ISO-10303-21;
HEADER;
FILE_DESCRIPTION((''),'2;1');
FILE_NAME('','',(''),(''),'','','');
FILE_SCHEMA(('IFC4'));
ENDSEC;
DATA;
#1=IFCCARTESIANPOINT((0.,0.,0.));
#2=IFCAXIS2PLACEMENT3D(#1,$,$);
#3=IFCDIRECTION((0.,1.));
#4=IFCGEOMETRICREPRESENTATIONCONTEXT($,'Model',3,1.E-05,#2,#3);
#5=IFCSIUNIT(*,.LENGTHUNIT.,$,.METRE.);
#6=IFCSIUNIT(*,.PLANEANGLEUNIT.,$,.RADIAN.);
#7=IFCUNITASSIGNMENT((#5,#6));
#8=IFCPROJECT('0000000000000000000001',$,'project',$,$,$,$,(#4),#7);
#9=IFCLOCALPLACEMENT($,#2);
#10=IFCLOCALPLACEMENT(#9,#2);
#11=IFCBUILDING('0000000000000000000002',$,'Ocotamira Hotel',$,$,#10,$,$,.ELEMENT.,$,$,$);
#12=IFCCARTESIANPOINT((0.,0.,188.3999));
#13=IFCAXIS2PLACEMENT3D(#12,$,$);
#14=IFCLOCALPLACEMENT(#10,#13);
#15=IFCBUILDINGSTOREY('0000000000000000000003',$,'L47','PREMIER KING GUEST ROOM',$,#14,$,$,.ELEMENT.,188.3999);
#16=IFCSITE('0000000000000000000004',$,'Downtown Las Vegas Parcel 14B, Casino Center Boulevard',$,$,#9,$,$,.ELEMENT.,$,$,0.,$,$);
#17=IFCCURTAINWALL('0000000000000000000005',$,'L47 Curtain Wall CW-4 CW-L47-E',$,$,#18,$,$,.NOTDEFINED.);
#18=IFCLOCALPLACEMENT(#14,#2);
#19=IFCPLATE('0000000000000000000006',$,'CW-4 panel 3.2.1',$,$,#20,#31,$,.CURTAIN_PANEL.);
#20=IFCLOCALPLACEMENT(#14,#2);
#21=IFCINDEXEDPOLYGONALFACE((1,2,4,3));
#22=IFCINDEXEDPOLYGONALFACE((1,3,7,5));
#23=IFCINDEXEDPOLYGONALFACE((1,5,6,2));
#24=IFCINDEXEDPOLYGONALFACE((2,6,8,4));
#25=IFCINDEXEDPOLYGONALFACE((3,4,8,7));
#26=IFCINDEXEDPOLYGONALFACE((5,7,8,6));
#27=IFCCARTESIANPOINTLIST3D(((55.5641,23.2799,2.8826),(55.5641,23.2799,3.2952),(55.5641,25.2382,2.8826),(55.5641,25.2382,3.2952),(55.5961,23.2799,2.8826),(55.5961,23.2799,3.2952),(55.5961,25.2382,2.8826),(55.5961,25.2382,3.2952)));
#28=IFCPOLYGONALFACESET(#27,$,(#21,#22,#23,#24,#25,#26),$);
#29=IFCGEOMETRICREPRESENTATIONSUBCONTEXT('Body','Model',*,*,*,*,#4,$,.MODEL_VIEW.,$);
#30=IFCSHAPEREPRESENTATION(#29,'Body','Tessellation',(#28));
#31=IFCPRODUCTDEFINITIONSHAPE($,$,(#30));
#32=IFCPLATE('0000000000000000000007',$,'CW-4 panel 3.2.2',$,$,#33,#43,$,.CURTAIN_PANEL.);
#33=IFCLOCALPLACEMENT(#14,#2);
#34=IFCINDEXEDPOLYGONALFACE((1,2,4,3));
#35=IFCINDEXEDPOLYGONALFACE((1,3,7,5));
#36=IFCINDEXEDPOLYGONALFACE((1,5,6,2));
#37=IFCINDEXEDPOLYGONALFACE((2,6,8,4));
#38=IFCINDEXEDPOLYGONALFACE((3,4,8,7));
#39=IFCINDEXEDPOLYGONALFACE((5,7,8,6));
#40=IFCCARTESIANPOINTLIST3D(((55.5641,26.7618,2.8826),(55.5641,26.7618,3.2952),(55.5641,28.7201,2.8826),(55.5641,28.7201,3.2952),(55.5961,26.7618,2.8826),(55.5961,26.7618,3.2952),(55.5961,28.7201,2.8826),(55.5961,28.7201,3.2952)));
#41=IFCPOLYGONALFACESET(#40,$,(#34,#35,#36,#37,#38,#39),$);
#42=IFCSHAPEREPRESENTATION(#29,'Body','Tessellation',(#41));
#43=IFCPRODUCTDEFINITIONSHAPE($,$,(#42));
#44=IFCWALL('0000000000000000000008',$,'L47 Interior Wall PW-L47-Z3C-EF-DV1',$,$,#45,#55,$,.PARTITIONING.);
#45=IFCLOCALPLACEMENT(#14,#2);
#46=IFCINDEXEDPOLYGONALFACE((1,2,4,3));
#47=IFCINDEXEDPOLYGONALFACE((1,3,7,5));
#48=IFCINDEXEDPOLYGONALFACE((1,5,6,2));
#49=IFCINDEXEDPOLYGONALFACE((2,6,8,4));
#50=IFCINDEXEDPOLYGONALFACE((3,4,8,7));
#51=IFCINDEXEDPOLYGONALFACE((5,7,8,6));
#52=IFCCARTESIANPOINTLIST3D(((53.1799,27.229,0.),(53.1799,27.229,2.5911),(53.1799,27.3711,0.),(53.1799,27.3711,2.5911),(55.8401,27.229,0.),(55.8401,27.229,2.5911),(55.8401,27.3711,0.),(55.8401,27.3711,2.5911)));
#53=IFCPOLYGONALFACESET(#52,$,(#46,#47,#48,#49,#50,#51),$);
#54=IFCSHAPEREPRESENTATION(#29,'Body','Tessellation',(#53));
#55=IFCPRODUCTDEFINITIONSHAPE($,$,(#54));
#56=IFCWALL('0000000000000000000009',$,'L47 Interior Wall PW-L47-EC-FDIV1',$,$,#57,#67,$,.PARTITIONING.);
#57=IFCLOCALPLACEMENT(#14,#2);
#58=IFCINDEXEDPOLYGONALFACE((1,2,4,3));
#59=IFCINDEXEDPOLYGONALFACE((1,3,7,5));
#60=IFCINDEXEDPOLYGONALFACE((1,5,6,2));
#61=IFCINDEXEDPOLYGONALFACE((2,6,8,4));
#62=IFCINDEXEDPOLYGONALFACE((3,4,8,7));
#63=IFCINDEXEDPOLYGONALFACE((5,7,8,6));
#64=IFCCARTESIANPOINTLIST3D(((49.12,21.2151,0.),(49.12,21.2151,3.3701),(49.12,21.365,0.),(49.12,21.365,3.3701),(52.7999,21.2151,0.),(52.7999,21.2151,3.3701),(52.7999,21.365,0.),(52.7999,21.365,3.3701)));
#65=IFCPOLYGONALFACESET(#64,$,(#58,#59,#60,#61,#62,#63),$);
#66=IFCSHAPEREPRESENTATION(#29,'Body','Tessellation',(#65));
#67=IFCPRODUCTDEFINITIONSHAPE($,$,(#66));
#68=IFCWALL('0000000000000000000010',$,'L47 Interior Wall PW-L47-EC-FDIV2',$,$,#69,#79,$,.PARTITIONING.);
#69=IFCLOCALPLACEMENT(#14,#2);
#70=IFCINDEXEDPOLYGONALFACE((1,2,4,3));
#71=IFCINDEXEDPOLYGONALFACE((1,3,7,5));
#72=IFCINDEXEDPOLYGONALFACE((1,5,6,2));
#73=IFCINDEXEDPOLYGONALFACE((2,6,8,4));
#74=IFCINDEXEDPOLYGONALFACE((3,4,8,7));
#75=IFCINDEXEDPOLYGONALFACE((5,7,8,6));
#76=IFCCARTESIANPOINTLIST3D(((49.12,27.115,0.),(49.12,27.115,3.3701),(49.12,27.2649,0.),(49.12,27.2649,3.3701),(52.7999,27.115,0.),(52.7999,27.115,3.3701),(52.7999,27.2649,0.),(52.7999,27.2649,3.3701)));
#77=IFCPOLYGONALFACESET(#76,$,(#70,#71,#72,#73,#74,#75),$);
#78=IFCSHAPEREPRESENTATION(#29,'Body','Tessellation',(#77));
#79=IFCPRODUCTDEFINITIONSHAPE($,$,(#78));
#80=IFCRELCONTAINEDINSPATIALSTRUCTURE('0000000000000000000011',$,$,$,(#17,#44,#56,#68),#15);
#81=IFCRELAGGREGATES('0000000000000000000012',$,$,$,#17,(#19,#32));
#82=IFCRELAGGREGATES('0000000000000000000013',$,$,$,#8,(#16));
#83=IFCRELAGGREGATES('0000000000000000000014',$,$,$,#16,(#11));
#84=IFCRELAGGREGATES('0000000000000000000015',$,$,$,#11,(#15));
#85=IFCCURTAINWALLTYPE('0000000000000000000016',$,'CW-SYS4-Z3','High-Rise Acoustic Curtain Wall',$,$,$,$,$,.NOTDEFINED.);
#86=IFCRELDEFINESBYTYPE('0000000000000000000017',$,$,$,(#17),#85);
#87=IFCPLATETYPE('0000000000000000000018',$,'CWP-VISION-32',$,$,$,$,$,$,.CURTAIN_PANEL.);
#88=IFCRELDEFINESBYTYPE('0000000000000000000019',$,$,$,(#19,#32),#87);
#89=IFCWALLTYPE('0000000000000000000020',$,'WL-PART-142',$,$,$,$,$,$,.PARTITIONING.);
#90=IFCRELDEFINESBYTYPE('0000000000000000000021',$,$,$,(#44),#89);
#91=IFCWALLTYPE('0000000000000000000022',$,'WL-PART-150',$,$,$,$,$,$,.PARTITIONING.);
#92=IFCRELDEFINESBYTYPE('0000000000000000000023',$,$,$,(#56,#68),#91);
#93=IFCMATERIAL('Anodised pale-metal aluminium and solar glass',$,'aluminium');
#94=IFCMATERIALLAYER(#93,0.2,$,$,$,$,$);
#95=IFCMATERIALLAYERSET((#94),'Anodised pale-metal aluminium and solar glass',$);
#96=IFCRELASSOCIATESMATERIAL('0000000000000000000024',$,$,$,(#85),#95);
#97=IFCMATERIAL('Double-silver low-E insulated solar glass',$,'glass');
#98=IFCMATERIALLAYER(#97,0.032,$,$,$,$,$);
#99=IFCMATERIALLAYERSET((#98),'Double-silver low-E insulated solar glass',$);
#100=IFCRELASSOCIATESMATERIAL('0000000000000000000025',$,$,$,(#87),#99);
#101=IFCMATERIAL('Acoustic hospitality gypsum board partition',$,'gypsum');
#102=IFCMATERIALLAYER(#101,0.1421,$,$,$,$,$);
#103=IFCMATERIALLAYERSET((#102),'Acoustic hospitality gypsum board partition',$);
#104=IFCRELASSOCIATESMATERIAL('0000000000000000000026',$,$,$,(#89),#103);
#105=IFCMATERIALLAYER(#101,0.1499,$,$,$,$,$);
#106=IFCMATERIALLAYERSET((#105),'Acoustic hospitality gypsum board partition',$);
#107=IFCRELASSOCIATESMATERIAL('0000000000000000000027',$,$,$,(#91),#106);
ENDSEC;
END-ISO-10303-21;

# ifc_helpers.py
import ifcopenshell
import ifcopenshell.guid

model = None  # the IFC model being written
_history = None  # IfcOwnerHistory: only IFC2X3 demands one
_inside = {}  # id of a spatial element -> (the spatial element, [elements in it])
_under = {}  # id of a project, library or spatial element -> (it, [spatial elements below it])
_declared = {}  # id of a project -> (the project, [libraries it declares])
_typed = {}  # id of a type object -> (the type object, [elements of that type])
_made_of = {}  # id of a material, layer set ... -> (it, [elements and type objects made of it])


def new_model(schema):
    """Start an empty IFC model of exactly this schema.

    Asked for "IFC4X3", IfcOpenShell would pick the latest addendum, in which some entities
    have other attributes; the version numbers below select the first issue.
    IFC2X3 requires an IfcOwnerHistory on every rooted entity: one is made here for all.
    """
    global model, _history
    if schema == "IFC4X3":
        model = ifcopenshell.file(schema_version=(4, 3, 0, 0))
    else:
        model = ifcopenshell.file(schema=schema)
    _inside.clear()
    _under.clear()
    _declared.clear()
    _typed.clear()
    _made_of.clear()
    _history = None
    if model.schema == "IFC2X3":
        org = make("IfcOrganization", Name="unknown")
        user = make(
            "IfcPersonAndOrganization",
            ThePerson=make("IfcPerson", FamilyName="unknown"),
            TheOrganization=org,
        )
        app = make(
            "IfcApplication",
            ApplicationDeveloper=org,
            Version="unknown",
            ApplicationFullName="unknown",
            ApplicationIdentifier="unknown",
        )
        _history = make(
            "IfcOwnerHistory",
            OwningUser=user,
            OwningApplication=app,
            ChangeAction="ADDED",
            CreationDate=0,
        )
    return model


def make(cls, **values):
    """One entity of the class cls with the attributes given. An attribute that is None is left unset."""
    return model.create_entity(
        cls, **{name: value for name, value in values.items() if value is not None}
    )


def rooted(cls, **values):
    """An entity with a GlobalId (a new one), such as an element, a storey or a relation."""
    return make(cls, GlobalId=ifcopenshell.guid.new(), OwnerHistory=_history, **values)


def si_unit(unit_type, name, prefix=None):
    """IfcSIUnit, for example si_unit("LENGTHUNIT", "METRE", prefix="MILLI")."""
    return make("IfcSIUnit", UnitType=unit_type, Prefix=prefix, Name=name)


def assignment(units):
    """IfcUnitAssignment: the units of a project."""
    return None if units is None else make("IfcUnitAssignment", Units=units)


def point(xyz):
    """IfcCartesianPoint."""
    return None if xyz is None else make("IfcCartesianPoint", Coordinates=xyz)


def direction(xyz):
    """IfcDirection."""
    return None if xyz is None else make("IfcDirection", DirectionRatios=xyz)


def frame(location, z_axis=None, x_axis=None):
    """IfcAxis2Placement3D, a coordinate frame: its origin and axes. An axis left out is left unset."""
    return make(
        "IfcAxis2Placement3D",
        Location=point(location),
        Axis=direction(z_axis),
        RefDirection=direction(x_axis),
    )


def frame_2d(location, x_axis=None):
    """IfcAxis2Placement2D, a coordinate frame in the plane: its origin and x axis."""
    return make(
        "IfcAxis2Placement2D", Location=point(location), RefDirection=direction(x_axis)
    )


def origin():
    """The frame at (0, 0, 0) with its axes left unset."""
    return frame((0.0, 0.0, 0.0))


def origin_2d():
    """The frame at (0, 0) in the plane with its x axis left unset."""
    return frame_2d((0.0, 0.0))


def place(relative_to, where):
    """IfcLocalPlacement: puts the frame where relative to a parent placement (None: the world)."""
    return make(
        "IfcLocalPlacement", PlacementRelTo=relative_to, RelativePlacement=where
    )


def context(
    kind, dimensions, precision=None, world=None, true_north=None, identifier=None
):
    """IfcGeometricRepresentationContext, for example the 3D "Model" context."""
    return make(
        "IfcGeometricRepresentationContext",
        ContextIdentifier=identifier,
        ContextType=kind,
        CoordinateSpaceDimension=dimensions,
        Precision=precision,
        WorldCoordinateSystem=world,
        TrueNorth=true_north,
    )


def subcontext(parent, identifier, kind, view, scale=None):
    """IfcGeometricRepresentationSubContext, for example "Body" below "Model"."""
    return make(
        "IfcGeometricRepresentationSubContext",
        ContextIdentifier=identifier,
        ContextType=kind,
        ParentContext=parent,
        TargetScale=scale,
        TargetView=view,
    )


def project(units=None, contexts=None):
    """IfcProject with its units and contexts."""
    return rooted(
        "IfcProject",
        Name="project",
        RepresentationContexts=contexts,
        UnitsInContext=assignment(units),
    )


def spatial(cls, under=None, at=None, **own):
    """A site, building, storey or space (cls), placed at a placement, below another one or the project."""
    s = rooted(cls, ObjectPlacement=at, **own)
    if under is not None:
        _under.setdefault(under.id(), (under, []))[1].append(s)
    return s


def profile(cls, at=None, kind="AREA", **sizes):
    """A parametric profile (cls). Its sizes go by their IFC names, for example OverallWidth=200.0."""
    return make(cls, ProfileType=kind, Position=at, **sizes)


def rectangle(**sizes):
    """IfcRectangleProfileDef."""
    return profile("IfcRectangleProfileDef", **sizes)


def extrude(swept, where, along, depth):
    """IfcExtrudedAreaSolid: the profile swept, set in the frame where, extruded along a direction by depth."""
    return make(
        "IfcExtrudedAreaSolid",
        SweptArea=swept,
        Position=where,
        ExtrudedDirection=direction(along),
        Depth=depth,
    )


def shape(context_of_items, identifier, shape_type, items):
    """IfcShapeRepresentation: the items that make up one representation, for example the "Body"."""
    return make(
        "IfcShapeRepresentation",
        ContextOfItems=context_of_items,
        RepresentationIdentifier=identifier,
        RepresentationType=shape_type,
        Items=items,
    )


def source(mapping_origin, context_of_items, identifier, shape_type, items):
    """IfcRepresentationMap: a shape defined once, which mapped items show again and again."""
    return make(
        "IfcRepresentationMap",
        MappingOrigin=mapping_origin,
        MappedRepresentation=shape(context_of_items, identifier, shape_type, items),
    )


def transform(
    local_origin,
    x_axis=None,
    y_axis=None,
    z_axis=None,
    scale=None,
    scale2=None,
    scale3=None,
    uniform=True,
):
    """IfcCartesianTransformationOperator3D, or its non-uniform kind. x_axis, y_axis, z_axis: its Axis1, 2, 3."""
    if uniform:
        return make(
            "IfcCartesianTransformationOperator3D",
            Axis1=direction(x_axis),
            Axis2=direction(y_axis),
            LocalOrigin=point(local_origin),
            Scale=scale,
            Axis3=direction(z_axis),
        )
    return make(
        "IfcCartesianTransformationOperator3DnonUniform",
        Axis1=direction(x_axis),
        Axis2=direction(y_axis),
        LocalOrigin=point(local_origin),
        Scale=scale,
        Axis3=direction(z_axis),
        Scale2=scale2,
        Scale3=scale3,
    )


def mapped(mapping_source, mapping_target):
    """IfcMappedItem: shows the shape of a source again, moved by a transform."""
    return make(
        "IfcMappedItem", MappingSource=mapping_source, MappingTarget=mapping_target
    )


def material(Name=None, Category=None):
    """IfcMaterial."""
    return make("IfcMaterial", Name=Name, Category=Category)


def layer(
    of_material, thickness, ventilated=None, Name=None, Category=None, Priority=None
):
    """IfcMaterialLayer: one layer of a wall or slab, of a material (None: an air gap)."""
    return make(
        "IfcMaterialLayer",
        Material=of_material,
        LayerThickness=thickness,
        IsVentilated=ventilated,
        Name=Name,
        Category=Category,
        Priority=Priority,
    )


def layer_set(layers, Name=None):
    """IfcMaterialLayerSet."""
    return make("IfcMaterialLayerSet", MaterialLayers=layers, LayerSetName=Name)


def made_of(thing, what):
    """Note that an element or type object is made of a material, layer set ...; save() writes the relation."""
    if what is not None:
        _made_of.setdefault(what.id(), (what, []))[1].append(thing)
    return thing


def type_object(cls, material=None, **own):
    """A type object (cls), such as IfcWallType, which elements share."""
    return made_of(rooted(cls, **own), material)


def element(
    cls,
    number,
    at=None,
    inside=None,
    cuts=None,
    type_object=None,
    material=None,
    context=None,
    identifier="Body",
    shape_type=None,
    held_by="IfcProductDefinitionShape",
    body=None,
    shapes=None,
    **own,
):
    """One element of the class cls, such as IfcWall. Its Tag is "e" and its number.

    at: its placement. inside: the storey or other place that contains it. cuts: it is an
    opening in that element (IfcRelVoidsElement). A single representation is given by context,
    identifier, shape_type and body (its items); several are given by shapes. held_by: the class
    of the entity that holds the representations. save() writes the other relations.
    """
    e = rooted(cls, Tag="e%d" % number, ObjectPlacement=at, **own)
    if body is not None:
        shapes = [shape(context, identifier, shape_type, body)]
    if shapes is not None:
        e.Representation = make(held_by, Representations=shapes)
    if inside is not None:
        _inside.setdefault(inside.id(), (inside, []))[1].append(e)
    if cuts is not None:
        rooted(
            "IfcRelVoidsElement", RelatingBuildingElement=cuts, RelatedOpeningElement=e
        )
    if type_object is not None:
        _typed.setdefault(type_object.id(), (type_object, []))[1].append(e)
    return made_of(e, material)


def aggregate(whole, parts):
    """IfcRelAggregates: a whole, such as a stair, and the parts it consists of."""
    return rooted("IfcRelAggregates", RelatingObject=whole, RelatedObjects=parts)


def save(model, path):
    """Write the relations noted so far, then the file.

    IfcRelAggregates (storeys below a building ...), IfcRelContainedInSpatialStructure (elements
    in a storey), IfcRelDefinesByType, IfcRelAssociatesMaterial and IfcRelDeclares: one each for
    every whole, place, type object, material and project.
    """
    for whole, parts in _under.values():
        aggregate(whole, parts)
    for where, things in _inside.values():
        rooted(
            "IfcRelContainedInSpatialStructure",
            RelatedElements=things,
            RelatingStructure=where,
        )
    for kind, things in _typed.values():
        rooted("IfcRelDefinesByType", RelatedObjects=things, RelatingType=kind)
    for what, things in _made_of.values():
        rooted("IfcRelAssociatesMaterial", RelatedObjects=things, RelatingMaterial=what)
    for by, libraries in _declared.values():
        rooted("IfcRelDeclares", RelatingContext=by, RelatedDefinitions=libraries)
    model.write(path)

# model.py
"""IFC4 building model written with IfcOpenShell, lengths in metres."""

from ifc_helpers import new_model, si_unit, direction, frame, frame_2d, origin, origin_2d, place, context, subcontext, project, spatial, rectangle, extrude, source, transform, mapped, material, layer, layer_set, type_object, element, aggregate, save


model = new_model("IFC4")

# Units and contexts
model_context = context("Model", 3, precision=1e-05, world=origin(), true_north=direction((0.0, 1.0)))
body_context = subcontext(model_context, "Body", "Model", "MODEL_VIEW")
ifc_project = project(units=[si_unit("LENGTHUNIT", "METRE"), si_unit("PLANEANGLEUNIT", "RADIAN")], contexts=[model_context])

# Site, building, storey
site_placement = place(None, origin())
site = spatial("IfcSite", under=ifc_project, at=site_placement, Name="Downtown Las Vegas Parcel 14B, Casino Center Boulevard", CompositionType="ELEMENT", RefElevation=0.0)
building_placement = place(site_placement, origin())
building = spatial("IfcBuilding", under=site, at=building_placement, Name="Ocotamira Hotel", CompositionType="ELEMENT")
storey_placement = place(building_placement, frame((0.0, 0.0, 188.3999)))
storey = spatial("IfcBuildingStorey", under=building, at=storey_placement, Name="L47", Description="PREMIER KING GUEST ROOM", CompositionType="ELEMENT", Elevation=188.3999)

# Curtain wall
ifc_material_1 = material(Name="Anodised pale-metal aluminium and solar glass", Category="aluminium")
ifc_layer_1 = layer(ifc_material_1, 0.2)
ifc_layer_set_1 = layer_set([ifc_layer_1], Name="Anodised pale-metal aluminium and solar glass")
curtain_wall_type = type_object("IfcCurtainWallType", Name="CW-SYS4-Z3", Description="High-Rise Acoustic Curtain Wall", PredefinedType="NOTDEFINED", material=ifc_layer_set_1)
curtain_wall_placement = place(storey_placement, origin())
curtain_wall = element("IfcCurtainWall", 1, at=curtain_wall_placement, inside=storey, type_object=curtain_wall_type, Name="L47 Curtain Wall CW-4 CW-L47-E", PredefinedType="NOTDEFINED")

# Plates
ifc_material_2 = material(Name="Double-silver low-E insulated solar glass", Category="glass")
ifc_layer_2 = layer(ifc_material_2, 0.032)
ifc_layer_set_2 = layer_set([ifc_layer_2], Name="Double-silver low-E insulated solar glass")
plate_type_1 = type_object("IfcPlateType", Name="CWP-VISION-32", PredefinedType="CURTAIN_PANEL", material=ifc_layer_set_2)
shared_shape_1 = source(origin(), body_context, "Body", "SweptSolid", [
    extrude(rectangle(XDim=1.9583, YDim=0.032, at=origin_2d()), origin(), (0.0, 0.0, 1.0), 0.4126),
])
plate_1_placement = place(storey_placement, frame((55.5801, 24.259, 2.8826), z_axis=(0.0, 0.0, 1.0), x_axis=(0.0, 1.0, 0.0)))
plate_1 = element("IfcPlate", 2, at=plate_1_placement, type_object=plate_type_1, Name="CW-4 panel 3.2.1", PredefinedType="CURTAIN_PANEL", context=body_context, shape_type="MappedRepresentation", body=[
    mapped(shared_shape_1, transform((0.0, 0.0, 0.0), scale=1.0)),
])
plate_2_placement = place(storey_placement, frame((55.5801, 27.741, 2.8826), z_axis=(0.0, 0.0, 1.0), x_axis=(0.0, 1.0, 0.0)))
plate_2 = element("IfcPlate", 3, at=plate_2_placement, type_object=plate_type_1, Name="CW-4 panel 3.2.2", PredefinedType="CURTAIN_PANEL", context=body_context, shape_type="MappedRepresentation", body=[
    mapped(shared_shape_1, transform((0.0, 0.0, 0.0), scale=1.0)),
])
aggregate(curtain_wall, [plate_1, plate_2])

# Walls
ifc_material_3 = material(Name="Acoustic hospitality gypsum board partition", Category="gypsum")
ifc_layer_3 = layer(ifc_material_3, 0.1421)
ifc_layer_set_3 = layer_set([ifc_layer_3], Name="Acoustic hospitality gypsum board partition")
wall_type_1 = type_object("IfcWallType", Name="WL-PART-142", PredefinedType="PARTITIONING", material=ifc_layer_set_3)
wall_placement = place(storey_placement, frame((53.1799, 27.3, 0.0), z_axis=(0.0, 0.0, 1.0), x_axis=(1.0, 0.0, 0.0)))
element("IfcWall", 4, at=wall_placement, inside=storey, type_object=wall_type_1, Name="L47 Interior Wall PW-L47-Z3C-EF-DV1", PredefinedType="PARTITIONING", context=body_context, shape_type="SweptSolid", body=[
    extrude(rectangle(XDim=2.6602, YDim=0.1421, at=frame_2d((1.3301, 0.0))), origin(), (0.0, 0.0, 1.0), 2.5911),
])
ifc_layer_4 = layer(ifc_material_3, 0.1499)
ifc_layer_set_4 = layer_set([ifc_layer_4], Name="Acoustic hospitality gypsum board partition")
wall_type_2 = type_object("IfcWallType", Name="WL-PART-150", PredefinedType="PARTITIONING", material=ifc_layer_set_4)
for number, where, z_axis, x_axis, name in (
    (5, (49.1201, 21.29, 0.0), (0.0, 0.0, 1.0), (1.0, 0.0, 0.0), "L47 Interior Wall PW-L47-EC-FDIV1"),
    (6, (49.1201, 27.1899, 0.0), (0.0, 0.0, 1.0), (1.0, 0.0, 0.0), "L47 Interior Wall PW-L47-EC-FDIV2"),
):
    element("IfcWall", number, at=place(storey_placement, frame(where, z_axis=z_axis, x_axis=x_axis)), inside=storey, type_object=wall_type_2, Name=name, PredefinedType="PARTITIONING", context=body_context, shape_type="SweptSolid", body=[
        extrude(rectangle(XDim=3.6799, YDim=0.1499, at=frame_2d((1.8398, 0.0))), origin(), (0.0, 0.0, 1.0), 3.3701),
    ])

save(model, "model.ifc")
